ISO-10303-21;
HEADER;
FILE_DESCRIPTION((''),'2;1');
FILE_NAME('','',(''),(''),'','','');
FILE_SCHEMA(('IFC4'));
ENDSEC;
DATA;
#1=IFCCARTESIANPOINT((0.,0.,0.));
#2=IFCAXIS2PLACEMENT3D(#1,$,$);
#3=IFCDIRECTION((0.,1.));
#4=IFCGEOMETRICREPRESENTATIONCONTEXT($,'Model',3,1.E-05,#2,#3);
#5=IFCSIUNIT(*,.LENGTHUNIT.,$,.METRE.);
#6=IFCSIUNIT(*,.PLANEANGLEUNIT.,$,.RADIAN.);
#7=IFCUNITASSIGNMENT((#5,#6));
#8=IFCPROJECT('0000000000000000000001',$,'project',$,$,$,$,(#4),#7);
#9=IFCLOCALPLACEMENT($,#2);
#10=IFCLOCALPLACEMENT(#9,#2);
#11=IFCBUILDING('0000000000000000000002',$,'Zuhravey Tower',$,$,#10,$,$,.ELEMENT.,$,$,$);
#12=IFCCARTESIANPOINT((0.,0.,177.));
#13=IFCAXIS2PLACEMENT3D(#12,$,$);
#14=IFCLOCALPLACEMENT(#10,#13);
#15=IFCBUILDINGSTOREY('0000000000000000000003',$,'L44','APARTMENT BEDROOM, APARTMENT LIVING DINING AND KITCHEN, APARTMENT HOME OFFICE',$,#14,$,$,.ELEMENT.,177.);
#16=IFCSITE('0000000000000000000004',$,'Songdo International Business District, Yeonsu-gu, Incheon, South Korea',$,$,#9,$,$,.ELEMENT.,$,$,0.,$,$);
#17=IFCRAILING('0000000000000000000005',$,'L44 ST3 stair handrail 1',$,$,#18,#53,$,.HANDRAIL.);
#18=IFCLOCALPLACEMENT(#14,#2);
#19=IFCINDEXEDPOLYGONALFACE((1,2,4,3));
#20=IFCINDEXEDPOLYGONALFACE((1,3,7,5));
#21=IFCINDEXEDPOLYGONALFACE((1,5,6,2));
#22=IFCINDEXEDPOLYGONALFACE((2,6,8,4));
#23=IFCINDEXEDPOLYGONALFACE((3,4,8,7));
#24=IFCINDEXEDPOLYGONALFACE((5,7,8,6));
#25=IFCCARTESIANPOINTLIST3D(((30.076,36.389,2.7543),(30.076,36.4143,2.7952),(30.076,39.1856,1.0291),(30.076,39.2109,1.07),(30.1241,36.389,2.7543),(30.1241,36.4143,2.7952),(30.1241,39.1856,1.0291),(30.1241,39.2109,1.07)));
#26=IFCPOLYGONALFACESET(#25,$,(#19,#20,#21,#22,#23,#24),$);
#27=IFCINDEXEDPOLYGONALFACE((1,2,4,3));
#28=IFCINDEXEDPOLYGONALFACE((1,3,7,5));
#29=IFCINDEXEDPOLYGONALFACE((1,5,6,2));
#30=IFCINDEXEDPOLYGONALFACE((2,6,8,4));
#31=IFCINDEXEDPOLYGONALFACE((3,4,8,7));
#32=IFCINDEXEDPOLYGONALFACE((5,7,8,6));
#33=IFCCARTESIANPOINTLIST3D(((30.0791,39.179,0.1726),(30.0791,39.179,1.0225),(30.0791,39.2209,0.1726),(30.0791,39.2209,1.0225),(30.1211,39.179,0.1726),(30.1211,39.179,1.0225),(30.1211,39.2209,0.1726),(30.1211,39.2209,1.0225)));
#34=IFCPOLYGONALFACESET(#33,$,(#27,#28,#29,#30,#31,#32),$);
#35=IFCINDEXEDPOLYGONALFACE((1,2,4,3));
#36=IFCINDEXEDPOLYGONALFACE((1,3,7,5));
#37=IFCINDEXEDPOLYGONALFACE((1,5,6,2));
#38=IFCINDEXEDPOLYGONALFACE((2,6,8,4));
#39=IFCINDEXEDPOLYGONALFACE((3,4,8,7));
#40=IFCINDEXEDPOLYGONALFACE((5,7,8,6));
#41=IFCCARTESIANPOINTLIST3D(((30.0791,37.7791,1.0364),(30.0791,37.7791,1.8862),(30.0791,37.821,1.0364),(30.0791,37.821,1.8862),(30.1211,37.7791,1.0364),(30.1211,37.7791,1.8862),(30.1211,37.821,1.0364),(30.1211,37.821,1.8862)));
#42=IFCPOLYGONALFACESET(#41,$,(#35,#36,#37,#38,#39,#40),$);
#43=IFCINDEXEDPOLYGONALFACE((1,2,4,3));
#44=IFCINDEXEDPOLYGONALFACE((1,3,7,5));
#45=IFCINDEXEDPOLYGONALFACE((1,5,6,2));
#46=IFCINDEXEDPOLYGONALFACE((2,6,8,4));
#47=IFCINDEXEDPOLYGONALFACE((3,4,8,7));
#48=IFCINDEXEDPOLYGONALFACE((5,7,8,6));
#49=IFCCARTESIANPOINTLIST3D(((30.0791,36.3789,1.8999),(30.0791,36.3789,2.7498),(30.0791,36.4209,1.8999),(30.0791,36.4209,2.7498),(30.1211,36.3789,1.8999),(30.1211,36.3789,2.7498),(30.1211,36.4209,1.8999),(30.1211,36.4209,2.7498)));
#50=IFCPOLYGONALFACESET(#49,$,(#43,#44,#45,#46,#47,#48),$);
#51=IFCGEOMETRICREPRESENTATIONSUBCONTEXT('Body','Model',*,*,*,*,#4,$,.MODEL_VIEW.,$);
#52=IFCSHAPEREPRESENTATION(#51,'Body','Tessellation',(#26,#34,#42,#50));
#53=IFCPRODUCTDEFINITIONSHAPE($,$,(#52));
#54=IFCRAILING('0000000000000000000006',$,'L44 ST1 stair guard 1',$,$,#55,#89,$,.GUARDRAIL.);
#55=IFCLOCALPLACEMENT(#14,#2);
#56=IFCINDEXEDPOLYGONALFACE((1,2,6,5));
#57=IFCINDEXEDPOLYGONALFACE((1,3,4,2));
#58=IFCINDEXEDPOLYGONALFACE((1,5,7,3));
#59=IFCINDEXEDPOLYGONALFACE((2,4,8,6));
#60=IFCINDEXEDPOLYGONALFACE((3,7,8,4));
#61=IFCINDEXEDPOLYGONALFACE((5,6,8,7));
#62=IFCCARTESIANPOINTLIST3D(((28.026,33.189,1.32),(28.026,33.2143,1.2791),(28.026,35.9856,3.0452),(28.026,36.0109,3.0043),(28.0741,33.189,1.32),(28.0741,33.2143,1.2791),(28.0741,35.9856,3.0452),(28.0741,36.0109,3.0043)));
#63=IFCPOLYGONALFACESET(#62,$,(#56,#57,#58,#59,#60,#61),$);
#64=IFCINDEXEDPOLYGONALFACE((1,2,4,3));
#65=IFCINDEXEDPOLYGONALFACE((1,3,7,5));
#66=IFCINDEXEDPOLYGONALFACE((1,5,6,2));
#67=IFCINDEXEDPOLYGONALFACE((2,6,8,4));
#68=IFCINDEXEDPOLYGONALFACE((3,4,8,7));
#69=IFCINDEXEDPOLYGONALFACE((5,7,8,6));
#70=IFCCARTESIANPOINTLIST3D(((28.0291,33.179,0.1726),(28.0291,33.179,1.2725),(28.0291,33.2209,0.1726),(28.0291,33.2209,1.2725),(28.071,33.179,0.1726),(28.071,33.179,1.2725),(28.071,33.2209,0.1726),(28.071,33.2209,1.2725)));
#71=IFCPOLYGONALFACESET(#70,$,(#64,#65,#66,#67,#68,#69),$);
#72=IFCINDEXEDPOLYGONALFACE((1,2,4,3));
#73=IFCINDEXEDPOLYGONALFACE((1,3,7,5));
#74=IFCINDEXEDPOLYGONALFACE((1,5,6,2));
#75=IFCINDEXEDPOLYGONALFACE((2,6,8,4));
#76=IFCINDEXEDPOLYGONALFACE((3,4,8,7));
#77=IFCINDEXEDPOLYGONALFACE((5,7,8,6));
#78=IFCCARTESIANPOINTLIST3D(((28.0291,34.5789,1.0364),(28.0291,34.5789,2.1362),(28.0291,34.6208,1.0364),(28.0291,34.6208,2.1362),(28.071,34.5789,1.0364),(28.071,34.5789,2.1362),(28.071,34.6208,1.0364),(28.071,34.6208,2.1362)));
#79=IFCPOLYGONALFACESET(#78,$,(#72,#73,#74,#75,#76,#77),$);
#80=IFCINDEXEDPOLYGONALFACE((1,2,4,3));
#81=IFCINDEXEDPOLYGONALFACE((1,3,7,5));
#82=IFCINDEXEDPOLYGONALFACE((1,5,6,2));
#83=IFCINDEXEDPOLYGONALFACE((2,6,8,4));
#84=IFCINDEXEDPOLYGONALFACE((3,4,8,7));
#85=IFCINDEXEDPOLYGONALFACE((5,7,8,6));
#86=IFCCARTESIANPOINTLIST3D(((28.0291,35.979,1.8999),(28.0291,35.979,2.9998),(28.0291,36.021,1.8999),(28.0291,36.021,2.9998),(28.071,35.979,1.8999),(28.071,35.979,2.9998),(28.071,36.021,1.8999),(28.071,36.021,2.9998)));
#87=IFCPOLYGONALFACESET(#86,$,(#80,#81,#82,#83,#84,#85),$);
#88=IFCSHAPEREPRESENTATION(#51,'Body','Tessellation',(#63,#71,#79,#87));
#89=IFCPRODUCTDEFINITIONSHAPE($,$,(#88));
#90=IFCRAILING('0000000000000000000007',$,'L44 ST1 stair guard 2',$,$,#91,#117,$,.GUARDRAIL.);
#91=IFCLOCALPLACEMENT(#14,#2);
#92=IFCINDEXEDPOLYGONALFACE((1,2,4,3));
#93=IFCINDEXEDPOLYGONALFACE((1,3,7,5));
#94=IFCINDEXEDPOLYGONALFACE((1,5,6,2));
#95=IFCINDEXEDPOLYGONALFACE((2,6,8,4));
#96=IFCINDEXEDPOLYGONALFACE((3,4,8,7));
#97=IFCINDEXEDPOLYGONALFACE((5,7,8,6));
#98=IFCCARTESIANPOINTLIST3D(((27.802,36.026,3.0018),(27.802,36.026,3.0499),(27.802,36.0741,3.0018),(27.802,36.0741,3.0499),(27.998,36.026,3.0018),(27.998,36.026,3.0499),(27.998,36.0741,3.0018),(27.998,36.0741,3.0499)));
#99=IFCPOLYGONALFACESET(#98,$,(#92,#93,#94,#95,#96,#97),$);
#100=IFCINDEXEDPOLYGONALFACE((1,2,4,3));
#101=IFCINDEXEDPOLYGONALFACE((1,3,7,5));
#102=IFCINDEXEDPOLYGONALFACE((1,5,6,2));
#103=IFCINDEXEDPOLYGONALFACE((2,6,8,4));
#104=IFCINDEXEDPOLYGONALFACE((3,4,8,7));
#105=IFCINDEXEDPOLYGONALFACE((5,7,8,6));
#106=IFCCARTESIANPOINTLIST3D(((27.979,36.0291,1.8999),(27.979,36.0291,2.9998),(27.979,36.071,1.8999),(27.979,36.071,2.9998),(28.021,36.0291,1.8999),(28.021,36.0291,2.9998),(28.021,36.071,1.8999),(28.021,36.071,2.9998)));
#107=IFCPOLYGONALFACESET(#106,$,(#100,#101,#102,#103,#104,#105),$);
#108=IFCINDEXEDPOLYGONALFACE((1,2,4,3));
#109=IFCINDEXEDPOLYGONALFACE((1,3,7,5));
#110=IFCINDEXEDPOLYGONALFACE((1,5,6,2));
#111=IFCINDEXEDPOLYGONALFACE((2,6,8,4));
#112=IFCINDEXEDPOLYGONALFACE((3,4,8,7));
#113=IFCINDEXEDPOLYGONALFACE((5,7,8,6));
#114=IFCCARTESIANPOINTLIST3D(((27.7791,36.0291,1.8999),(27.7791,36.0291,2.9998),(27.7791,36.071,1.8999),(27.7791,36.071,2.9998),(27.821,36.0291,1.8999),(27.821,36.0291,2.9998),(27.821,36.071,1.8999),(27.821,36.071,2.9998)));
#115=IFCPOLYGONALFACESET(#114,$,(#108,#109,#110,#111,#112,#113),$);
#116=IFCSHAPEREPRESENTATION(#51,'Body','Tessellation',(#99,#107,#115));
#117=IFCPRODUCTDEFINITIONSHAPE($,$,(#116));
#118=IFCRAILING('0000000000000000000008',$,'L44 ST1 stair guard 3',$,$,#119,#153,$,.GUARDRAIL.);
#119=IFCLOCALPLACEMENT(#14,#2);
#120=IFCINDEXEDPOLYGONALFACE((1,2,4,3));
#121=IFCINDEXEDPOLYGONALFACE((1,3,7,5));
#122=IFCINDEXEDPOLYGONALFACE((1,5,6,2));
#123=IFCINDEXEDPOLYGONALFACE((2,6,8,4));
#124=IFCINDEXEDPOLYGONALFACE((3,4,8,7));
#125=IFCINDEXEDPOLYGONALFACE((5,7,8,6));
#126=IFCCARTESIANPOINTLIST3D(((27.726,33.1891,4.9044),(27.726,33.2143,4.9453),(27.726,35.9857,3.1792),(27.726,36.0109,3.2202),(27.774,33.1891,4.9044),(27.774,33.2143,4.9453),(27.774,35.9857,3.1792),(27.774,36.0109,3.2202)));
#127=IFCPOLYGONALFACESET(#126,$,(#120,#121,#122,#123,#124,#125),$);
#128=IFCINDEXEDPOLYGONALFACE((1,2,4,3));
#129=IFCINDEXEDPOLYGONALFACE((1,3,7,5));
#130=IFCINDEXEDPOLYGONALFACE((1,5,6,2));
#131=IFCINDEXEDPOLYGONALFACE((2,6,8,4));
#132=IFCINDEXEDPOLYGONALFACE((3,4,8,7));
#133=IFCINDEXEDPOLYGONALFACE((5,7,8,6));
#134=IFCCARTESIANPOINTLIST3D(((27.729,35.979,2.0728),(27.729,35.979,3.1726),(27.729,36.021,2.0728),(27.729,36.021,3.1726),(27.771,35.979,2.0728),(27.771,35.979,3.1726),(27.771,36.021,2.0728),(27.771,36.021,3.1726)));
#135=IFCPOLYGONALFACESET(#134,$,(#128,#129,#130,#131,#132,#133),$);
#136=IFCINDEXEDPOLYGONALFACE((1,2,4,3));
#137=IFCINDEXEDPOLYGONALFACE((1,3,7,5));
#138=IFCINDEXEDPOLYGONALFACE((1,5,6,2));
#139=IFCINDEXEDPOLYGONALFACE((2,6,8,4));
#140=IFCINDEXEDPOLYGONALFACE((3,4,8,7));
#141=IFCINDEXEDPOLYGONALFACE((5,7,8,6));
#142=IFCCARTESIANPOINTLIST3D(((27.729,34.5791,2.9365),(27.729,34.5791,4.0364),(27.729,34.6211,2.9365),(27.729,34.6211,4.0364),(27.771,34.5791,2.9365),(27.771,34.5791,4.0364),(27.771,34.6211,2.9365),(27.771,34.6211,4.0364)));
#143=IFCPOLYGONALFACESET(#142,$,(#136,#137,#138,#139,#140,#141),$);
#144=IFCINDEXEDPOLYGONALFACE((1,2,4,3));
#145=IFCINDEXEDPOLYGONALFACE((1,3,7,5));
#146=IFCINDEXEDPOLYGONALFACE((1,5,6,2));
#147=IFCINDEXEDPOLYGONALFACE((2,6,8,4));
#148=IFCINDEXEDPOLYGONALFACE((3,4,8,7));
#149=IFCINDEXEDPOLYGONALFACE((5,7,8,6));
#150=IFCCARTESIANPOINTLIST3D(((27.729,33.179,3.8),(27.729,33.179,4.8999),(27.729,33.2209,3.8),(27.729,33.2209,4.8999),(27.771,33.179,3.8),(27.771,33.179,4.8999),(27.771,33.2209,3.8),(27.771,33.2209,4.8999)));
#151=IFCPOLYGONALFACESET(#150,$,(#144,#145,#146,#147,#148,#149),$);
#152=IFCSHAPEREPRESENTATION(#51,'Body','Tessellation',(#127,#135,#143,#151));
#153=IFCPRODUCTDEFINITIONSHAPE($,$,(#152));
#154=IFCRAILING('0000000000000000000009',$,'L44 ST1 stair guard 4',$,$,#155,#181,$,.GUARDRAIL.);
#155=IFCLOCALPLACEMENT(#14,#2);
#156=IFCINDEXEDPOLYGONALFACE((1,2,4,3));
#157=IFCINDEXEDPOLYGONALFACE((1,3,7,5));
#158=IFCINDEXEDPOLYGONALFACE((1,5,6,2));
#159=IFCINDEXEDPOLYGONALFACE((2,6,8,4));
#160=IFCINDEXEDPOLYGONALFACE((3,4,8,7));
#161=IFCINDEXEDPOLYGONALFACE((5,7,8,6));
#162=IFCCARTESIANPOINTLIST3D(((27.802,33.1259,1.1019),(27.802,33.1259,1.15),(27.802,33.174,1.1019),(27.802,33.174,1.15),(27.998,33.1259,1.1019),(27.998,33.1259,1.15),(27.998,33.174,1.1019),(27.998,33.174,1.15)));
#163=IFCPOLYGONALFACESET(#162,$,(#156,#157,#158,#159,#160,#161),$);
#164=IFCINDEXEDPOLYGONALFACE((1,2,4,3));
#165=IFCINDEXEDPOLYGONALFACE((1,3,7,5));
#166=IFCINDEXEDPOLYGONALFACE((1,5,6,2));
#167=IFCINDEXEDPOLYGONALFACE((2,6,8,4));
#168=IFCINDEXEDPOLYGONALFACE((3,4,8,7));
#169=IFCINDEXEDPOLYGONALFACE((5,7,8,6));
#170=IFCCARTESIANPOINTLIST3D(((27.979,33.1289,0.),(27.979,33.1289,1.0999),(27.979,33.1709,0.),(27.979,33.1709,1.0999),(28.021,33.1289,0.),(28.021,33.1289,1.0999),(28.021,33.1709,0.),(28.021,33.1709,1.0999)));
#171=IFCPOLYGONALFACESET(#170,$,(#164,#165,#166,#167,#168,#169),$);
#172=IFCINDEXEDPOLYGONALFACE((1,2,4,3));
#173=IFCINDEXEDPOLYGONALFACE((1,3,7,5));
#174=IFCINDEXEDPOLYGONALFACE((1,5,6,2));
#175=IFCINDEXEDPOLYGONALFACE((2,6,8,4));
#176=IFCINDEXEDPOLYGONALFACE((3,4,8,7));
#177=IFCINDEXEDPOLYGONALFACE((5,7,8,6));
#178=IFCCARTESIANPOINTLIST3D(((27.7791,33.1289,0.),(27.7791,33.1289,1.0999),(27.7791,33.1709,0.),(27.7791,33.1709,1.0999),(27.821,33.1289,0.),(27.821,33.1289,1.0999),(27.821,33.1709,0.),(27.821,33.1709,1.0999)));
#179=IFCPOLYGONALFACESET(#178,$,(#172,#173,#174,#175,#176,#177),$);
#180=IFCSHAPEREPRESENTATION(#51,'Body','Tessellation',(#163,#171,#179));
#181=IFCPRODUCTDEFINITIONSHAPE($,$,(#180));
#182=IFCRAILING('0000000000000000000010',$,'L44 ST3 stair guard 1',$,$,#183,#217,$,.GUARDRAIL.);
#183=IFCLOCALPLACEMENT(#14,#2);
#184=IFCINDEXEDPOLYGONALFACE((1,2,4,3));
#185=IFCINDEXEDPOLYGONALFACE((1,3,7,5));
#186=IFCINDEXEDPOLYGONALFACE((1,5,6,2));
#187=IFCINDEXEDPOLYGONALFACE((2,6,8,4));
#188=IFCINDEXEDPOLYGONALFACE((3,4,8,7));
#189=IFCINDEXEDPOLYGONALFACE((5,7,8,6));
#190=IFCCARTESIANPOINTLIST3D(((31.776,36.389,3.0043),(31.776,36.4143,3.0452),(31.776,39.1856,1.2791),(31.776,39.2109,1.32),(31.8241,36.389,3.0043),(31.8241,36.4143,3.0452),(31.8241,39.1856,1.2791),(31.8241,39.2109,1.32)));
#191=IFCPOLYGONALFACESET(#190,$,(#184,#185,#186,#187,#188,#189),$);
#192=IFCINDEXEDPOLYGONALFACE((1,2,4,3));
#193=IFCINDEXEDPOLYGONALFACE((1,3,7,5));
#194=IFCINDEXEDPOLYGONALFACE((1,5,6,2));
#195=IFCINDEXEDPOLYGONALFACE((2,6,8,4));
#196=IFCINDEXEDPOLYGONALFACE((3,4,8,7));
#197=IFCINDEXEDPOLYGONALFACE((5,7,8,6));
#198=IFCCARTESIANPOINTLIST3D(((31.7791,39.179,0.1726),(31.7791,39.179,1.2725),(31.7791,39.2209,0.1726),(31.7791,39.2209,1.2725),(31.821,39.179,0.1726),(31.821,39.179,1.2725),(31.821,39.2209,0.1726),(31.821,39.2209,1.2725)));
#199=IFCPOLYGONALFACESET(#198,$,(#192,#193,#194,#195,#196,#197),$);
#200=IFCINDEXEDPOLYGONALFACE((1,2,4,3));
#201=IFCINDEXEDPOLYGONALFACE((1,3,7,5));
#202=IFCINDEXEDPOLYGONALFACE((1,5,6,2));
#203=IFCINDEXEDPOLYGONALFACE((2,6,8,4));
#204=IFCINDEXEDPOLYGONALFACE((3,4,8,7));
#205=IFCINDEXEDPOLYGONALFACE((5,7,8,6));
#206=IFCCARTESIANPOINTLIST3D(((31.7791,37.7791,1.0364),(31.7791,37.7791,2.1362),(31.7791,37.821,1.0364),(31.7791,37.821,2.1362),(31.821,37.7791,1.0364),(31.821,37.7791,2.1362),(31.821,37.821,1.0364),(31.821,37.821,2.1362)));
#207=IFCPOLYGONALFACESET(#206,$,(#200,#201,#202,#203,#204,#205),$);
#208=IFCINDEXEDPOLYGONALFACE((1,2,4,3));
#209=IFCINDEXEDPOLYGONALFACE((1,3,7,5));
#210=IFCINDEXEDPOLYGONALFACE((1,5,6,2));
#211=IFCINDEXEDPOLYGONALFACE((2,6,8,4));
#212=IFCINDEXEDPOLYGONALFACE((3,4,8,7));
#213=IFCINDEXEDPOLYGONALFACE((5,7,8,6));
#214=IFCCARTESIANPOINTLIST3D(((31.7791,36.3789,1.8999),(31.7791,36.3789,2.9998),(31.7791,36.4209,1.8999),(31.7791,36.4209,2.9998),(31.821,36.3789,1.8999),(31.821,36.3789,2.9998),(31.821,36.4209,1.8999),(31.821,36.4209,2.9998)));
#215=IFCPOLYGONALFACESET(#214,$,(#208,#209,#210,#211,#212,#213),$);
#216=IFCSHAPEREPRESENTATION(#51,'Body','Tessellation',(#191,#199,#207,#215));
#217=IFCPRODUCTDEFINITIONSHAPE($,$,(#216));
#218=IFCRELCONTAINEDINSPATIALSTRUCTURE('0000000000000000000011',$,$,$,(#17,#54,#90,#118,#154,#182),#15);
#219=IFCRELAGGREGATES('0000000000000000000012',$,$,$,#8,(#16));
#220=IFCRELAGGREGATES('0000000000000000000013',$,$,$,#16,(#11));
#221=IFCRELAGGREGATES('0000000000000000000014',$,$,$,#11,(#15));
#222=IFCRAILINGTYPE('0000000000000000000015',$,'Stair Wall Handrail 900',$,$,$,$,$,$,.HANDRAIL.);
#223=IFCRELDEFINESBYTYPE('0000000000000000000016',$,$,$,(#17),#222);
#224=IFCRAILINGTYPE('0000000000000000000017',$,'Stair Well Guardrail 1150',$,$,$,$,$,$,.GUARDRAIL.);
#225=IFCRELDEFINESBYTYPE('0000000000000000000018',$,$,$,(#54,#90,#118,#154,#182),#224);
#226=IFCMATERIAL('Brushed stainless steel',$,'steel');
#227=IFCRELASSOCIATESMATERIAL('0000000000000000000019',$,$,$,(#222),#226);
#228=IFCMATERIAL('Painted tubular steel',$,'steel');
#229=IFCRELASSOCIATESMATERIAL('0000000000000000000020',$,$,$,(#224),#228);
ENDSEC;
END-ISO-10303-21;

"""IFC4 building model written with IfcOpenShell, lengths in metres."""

from ifc_helpers import new_model, si_unit, direction, frame, origin, origin_2d, place, context, subcontext, project, spatial, rectangle, extrude, material, type_object, element, save


model = new_model("IFC4")

# Units and contexts
model_context = context("Model", 3, precision=1e-05, world=origin(), true_north=direction((0.0, 1.0)))
body_context = subcontext(model_context, "Body", "Model", "MODEL_VIEW")
ifc_project = project(units=[si_unit("LENGTHUNIT", "METRE"), si_unit("PLANEANGLEUNIT", "RADIAN")], contexts=[model_context])

# Site, building, storey
site_placement = place(None, origin())
site = spatial("IfcSite", under=ifc_project, at=site_placement, Name="Songdo International Business District, Yeonsu-gu, Incheon, South Korea", CompositionType="ELEMENT", RefElevation=0.0)
building_placement = place(site_placement, origin())
building = spatial("IfcBuilding", under=site, at=building_placement, Name="Zuhravey Tower", CompositionType="ELEMENT")
storey_placement = place(building_placement, frame((0.0, 0.0, 177.0)))
storey = spatial("IfcBuildingStorey", under=building, at=storey_placement, Name="L44", Description="APARTMENT BEDROOM, APARTMENT LIVING DINING AND KITCHEN, APARTMENT HOME OFFICE", CompositionType="ELEMENT", Elevation=177.0)

# Railings
ifc_material_1 = material(Name="Brushed stainless steel", Category="steel")
railing_type_1 = type_object("IfcRailingType", Name="Stair Wall Handrail 900", PredefinedType="HANDRAIL", material=ifc_material_1)
for number, where, name in (
    (1, (30.1001, 39.2, 0.1726), "L44 ST3 stair handrail 1"),
):
    element("IfcRailing", number, at=place(storey_placement, frame(where)), inside=storey, type_object=railing_type_1, Name=name, PredefinedType="HANDRAIL", context=body_context, shape_type="SweptSolid", body=[
        extrude(rectangle(XDim=0.0481, YDim=0.0481, at=origin_2d()), frame((0.0, -0.0017, 0.877), z_axis=(0.0, -0.85109, 0.52502), x_axis=(1.0, 0.0, 0.0)), (0.0, 0.0, 1.0), 3.2859),
        extrude(rectangle(XDim=0.042, YDim=0.042, at=origin_2d()), origin(), (0.0, 0.0, 1.0), 0.8499),
        extrude(rectangle(XDim=0.042, YDim=0.042, at=origin_2d()), frame((0.0, -1.3999, 0.8638)), (0.0, 0.0, 1.0), 0.8499),
        extrude(rectangle(XDim=0.042, YDim=0.042, at=origin_2d()), frame((0.0, -2.8, 1.7273)), (0.0, 0.0, 1.0), 0.8499),
    ])
ifc_material_2 = material(Name="Painted tubular steel", Category="steel")
railing_type_2 = type_object("IfcRailingType", Name="Stair Well Guardrail 1150", PredefinedType="GUARDRAIL", material=ifc_material_2)
railing_1_placement = place(storey_placement, frame((28.05, 33.2, 0.1726)))
element("IfcRailing", 2, at=railing_1_placement, inside=storey, type_object=railing_type_2, Name="L44 ST1 stair guard 1", PredefinedType="GUARDRAIL", context=body_context, shape_type="SweptSolid", body=[
    extrude(rectangle(XDim=0.0481, YDim=0.0481, at=origin_2d()), frame((0.0, 0.0017, 1.127), z_axis=(0.0, 0.85109, 0.52502), x_axis=(-1.0, 0.0, 0.0)), (0.0, 0.0, 1.0), 3.2859),
    extrude(rectangle(XDim=0.042, YDim=0.042, at=origin_2d()), origin(), (0.0, 0.0, 1.0), 1.0999),
    extrude(rectangle(XDim=0.042, YDim=0.042, at=origin_2d()), frame((0.0, 1.3999, 0.8638)), (0.0, 0.0, 1.0), 1.0999),
    extrude(rectangle(XDim=0.042, YDim=0.042, at=origin_2d()), frame((0.0, 2.8, 1.7273)), (0.0, 0.0, 1.0), 1.0999),
])
railing_2_placement = place(storey_placement, frame((28.0, 36.05, 1.8999)))
element("IfcRailing", 3, at=railing_2_placement, inside=storey, type_object=railing_type_2, Name="L44 ST1 stair guard 2", PredefinedType="GUARDRAIL", context=body_context, shape_type="SweptSolid", body=[
    extrude(rectangle(XDim=0.0481, YDim=0.0481, at=origin_2d()), frame((-0.002, 0.0, 1.126), z_axis=(-1.0, 0.0, 0.0), x_axis=(0.0, -1.0, 0.0)), (0.0, 0.0, 1.0), 0.196),
    extrude(rectangle(XDim=0.042, YDim=0.042, at=origin_2d()), origin(), (0.0, 0.0, 1.0), 1.0999),
    extrude(rectangle(XDim=0.042, YDim=0.042, at=origin_2d()), frame((-0.2, 0.0, 0.0)), (0.0, 0.0, 1.0), 1.0999),
])
railing_3_placement = place(storey_placement, frame((27.75, 36.0, 2.0728)))
element("IfcRailing", 4, at=railing_3_placement, inside=storey, type_object=railing_type_2, Name="L44 ST1 stair guard 3", PredefinedType="GUARDRAIL", context=body_context, shape_type="SweptSolid", body=[
    extrude(rectangle(XDim=0.0481, YDim=0.0481, at=origin_2d()), frame((0.0, -0.0017, 1.127), z_axis=(0.0, -0.85109, 0.52502), x_axis=(1.0, 0.0, 0.0)), (0.0, 0.0, 1.0), 3.2859),
    extrude(rectangle(XDim=0.042, YDim=0.042, at=origin_2d()), origin(), (0.0, 0.0, 1.0), 1.0999),
    extrude(rectangle(XDim=0.042, YDim=0.042, at=origin_2d()), frame((0.0, -1.3999, 0.8638)), (0.0, 0.0, 1.0), 1.0999),
    extrude(rectangle(XDim=0.042, YDim=0.042, at=origin_2d()), frame((0.0, -2.8, 1.7273)), (0.0, 0.0, 1.0), 1.0999),
])
railing_4_placement = place(storey_placement, frame((28.0, 33.1499, 0.0)))
element("IfcRailing", 5, at=railing_4_placement, inside=storey, type_object=railing_type_2, Name="L44 ST1 stair guard 4", PredefinedType="GUARDRAIL", context=body_context, shape_type="SweptSolid", body=[
    extrude(rectangle(XDim=0.0481, YDim=0.0481, at=origin_2d()), frame((-0.002, 0.0, 1.126), z_axis=(-1.0, 0.0, 0.0), x_axis=(0.0, -1.0, 0.0)), (0.0, 0.0, 1.0), 0.196),
    extrude(rectangle(XDim=0.042, YDim=0.042, at=origin_2d()), origin(), (0.0, 0.0, 1.0), 1.0999),
    extrude(rectangle(XDim=0.042, YDim=0.042, at=origin_2d()), frame((-0.2, 0.0, 0.0)), (0.0, 0.0, 1.0), 1.0999),
])
railing_5_placement = place(storey_placement, frame((31.8, 39.2, 0.1726)))
element("IfcRailing", 6, at=railing_5_placement, inside=storey, type_object=railing_type_2, Name="L44 ST3 stair guard 1", PredefinedType="GUARDRAIL", context=body_context, shape_type="SweptSolid", body=[
    extrude(rectangle(XDim=0.0481, YDim=0.0481, at=origin_2d()), frame((0.0, -0.0017, 1.127), z_axis=(0.0, -0.85109, 0.52502), x_axis=(1.0, 0.0, 0.0)), (0.0, 0.0, 1.0), 3.2859),
    extrude(rectangle(XDim=0.042, YDim=0.042, at=origin_2d()), origin(), (0.0, 0.0, 1.0), 1.0999),
    extrude(rectangle(XDim=0.042, YDim=0.042, at=origin_2d()), frame((0.0, -1.3999, 0.8638)), (0.0, 0.0, 1.0), 1.0999),
    extrude(rectangle(XDim=0.042, YDim=0.042, at=origin_2d()), frame((0.0, -2.8, 1.7273)), (0.0, 0.0, 1.0), 1.0999),
])

save(model, "model.ifc")
